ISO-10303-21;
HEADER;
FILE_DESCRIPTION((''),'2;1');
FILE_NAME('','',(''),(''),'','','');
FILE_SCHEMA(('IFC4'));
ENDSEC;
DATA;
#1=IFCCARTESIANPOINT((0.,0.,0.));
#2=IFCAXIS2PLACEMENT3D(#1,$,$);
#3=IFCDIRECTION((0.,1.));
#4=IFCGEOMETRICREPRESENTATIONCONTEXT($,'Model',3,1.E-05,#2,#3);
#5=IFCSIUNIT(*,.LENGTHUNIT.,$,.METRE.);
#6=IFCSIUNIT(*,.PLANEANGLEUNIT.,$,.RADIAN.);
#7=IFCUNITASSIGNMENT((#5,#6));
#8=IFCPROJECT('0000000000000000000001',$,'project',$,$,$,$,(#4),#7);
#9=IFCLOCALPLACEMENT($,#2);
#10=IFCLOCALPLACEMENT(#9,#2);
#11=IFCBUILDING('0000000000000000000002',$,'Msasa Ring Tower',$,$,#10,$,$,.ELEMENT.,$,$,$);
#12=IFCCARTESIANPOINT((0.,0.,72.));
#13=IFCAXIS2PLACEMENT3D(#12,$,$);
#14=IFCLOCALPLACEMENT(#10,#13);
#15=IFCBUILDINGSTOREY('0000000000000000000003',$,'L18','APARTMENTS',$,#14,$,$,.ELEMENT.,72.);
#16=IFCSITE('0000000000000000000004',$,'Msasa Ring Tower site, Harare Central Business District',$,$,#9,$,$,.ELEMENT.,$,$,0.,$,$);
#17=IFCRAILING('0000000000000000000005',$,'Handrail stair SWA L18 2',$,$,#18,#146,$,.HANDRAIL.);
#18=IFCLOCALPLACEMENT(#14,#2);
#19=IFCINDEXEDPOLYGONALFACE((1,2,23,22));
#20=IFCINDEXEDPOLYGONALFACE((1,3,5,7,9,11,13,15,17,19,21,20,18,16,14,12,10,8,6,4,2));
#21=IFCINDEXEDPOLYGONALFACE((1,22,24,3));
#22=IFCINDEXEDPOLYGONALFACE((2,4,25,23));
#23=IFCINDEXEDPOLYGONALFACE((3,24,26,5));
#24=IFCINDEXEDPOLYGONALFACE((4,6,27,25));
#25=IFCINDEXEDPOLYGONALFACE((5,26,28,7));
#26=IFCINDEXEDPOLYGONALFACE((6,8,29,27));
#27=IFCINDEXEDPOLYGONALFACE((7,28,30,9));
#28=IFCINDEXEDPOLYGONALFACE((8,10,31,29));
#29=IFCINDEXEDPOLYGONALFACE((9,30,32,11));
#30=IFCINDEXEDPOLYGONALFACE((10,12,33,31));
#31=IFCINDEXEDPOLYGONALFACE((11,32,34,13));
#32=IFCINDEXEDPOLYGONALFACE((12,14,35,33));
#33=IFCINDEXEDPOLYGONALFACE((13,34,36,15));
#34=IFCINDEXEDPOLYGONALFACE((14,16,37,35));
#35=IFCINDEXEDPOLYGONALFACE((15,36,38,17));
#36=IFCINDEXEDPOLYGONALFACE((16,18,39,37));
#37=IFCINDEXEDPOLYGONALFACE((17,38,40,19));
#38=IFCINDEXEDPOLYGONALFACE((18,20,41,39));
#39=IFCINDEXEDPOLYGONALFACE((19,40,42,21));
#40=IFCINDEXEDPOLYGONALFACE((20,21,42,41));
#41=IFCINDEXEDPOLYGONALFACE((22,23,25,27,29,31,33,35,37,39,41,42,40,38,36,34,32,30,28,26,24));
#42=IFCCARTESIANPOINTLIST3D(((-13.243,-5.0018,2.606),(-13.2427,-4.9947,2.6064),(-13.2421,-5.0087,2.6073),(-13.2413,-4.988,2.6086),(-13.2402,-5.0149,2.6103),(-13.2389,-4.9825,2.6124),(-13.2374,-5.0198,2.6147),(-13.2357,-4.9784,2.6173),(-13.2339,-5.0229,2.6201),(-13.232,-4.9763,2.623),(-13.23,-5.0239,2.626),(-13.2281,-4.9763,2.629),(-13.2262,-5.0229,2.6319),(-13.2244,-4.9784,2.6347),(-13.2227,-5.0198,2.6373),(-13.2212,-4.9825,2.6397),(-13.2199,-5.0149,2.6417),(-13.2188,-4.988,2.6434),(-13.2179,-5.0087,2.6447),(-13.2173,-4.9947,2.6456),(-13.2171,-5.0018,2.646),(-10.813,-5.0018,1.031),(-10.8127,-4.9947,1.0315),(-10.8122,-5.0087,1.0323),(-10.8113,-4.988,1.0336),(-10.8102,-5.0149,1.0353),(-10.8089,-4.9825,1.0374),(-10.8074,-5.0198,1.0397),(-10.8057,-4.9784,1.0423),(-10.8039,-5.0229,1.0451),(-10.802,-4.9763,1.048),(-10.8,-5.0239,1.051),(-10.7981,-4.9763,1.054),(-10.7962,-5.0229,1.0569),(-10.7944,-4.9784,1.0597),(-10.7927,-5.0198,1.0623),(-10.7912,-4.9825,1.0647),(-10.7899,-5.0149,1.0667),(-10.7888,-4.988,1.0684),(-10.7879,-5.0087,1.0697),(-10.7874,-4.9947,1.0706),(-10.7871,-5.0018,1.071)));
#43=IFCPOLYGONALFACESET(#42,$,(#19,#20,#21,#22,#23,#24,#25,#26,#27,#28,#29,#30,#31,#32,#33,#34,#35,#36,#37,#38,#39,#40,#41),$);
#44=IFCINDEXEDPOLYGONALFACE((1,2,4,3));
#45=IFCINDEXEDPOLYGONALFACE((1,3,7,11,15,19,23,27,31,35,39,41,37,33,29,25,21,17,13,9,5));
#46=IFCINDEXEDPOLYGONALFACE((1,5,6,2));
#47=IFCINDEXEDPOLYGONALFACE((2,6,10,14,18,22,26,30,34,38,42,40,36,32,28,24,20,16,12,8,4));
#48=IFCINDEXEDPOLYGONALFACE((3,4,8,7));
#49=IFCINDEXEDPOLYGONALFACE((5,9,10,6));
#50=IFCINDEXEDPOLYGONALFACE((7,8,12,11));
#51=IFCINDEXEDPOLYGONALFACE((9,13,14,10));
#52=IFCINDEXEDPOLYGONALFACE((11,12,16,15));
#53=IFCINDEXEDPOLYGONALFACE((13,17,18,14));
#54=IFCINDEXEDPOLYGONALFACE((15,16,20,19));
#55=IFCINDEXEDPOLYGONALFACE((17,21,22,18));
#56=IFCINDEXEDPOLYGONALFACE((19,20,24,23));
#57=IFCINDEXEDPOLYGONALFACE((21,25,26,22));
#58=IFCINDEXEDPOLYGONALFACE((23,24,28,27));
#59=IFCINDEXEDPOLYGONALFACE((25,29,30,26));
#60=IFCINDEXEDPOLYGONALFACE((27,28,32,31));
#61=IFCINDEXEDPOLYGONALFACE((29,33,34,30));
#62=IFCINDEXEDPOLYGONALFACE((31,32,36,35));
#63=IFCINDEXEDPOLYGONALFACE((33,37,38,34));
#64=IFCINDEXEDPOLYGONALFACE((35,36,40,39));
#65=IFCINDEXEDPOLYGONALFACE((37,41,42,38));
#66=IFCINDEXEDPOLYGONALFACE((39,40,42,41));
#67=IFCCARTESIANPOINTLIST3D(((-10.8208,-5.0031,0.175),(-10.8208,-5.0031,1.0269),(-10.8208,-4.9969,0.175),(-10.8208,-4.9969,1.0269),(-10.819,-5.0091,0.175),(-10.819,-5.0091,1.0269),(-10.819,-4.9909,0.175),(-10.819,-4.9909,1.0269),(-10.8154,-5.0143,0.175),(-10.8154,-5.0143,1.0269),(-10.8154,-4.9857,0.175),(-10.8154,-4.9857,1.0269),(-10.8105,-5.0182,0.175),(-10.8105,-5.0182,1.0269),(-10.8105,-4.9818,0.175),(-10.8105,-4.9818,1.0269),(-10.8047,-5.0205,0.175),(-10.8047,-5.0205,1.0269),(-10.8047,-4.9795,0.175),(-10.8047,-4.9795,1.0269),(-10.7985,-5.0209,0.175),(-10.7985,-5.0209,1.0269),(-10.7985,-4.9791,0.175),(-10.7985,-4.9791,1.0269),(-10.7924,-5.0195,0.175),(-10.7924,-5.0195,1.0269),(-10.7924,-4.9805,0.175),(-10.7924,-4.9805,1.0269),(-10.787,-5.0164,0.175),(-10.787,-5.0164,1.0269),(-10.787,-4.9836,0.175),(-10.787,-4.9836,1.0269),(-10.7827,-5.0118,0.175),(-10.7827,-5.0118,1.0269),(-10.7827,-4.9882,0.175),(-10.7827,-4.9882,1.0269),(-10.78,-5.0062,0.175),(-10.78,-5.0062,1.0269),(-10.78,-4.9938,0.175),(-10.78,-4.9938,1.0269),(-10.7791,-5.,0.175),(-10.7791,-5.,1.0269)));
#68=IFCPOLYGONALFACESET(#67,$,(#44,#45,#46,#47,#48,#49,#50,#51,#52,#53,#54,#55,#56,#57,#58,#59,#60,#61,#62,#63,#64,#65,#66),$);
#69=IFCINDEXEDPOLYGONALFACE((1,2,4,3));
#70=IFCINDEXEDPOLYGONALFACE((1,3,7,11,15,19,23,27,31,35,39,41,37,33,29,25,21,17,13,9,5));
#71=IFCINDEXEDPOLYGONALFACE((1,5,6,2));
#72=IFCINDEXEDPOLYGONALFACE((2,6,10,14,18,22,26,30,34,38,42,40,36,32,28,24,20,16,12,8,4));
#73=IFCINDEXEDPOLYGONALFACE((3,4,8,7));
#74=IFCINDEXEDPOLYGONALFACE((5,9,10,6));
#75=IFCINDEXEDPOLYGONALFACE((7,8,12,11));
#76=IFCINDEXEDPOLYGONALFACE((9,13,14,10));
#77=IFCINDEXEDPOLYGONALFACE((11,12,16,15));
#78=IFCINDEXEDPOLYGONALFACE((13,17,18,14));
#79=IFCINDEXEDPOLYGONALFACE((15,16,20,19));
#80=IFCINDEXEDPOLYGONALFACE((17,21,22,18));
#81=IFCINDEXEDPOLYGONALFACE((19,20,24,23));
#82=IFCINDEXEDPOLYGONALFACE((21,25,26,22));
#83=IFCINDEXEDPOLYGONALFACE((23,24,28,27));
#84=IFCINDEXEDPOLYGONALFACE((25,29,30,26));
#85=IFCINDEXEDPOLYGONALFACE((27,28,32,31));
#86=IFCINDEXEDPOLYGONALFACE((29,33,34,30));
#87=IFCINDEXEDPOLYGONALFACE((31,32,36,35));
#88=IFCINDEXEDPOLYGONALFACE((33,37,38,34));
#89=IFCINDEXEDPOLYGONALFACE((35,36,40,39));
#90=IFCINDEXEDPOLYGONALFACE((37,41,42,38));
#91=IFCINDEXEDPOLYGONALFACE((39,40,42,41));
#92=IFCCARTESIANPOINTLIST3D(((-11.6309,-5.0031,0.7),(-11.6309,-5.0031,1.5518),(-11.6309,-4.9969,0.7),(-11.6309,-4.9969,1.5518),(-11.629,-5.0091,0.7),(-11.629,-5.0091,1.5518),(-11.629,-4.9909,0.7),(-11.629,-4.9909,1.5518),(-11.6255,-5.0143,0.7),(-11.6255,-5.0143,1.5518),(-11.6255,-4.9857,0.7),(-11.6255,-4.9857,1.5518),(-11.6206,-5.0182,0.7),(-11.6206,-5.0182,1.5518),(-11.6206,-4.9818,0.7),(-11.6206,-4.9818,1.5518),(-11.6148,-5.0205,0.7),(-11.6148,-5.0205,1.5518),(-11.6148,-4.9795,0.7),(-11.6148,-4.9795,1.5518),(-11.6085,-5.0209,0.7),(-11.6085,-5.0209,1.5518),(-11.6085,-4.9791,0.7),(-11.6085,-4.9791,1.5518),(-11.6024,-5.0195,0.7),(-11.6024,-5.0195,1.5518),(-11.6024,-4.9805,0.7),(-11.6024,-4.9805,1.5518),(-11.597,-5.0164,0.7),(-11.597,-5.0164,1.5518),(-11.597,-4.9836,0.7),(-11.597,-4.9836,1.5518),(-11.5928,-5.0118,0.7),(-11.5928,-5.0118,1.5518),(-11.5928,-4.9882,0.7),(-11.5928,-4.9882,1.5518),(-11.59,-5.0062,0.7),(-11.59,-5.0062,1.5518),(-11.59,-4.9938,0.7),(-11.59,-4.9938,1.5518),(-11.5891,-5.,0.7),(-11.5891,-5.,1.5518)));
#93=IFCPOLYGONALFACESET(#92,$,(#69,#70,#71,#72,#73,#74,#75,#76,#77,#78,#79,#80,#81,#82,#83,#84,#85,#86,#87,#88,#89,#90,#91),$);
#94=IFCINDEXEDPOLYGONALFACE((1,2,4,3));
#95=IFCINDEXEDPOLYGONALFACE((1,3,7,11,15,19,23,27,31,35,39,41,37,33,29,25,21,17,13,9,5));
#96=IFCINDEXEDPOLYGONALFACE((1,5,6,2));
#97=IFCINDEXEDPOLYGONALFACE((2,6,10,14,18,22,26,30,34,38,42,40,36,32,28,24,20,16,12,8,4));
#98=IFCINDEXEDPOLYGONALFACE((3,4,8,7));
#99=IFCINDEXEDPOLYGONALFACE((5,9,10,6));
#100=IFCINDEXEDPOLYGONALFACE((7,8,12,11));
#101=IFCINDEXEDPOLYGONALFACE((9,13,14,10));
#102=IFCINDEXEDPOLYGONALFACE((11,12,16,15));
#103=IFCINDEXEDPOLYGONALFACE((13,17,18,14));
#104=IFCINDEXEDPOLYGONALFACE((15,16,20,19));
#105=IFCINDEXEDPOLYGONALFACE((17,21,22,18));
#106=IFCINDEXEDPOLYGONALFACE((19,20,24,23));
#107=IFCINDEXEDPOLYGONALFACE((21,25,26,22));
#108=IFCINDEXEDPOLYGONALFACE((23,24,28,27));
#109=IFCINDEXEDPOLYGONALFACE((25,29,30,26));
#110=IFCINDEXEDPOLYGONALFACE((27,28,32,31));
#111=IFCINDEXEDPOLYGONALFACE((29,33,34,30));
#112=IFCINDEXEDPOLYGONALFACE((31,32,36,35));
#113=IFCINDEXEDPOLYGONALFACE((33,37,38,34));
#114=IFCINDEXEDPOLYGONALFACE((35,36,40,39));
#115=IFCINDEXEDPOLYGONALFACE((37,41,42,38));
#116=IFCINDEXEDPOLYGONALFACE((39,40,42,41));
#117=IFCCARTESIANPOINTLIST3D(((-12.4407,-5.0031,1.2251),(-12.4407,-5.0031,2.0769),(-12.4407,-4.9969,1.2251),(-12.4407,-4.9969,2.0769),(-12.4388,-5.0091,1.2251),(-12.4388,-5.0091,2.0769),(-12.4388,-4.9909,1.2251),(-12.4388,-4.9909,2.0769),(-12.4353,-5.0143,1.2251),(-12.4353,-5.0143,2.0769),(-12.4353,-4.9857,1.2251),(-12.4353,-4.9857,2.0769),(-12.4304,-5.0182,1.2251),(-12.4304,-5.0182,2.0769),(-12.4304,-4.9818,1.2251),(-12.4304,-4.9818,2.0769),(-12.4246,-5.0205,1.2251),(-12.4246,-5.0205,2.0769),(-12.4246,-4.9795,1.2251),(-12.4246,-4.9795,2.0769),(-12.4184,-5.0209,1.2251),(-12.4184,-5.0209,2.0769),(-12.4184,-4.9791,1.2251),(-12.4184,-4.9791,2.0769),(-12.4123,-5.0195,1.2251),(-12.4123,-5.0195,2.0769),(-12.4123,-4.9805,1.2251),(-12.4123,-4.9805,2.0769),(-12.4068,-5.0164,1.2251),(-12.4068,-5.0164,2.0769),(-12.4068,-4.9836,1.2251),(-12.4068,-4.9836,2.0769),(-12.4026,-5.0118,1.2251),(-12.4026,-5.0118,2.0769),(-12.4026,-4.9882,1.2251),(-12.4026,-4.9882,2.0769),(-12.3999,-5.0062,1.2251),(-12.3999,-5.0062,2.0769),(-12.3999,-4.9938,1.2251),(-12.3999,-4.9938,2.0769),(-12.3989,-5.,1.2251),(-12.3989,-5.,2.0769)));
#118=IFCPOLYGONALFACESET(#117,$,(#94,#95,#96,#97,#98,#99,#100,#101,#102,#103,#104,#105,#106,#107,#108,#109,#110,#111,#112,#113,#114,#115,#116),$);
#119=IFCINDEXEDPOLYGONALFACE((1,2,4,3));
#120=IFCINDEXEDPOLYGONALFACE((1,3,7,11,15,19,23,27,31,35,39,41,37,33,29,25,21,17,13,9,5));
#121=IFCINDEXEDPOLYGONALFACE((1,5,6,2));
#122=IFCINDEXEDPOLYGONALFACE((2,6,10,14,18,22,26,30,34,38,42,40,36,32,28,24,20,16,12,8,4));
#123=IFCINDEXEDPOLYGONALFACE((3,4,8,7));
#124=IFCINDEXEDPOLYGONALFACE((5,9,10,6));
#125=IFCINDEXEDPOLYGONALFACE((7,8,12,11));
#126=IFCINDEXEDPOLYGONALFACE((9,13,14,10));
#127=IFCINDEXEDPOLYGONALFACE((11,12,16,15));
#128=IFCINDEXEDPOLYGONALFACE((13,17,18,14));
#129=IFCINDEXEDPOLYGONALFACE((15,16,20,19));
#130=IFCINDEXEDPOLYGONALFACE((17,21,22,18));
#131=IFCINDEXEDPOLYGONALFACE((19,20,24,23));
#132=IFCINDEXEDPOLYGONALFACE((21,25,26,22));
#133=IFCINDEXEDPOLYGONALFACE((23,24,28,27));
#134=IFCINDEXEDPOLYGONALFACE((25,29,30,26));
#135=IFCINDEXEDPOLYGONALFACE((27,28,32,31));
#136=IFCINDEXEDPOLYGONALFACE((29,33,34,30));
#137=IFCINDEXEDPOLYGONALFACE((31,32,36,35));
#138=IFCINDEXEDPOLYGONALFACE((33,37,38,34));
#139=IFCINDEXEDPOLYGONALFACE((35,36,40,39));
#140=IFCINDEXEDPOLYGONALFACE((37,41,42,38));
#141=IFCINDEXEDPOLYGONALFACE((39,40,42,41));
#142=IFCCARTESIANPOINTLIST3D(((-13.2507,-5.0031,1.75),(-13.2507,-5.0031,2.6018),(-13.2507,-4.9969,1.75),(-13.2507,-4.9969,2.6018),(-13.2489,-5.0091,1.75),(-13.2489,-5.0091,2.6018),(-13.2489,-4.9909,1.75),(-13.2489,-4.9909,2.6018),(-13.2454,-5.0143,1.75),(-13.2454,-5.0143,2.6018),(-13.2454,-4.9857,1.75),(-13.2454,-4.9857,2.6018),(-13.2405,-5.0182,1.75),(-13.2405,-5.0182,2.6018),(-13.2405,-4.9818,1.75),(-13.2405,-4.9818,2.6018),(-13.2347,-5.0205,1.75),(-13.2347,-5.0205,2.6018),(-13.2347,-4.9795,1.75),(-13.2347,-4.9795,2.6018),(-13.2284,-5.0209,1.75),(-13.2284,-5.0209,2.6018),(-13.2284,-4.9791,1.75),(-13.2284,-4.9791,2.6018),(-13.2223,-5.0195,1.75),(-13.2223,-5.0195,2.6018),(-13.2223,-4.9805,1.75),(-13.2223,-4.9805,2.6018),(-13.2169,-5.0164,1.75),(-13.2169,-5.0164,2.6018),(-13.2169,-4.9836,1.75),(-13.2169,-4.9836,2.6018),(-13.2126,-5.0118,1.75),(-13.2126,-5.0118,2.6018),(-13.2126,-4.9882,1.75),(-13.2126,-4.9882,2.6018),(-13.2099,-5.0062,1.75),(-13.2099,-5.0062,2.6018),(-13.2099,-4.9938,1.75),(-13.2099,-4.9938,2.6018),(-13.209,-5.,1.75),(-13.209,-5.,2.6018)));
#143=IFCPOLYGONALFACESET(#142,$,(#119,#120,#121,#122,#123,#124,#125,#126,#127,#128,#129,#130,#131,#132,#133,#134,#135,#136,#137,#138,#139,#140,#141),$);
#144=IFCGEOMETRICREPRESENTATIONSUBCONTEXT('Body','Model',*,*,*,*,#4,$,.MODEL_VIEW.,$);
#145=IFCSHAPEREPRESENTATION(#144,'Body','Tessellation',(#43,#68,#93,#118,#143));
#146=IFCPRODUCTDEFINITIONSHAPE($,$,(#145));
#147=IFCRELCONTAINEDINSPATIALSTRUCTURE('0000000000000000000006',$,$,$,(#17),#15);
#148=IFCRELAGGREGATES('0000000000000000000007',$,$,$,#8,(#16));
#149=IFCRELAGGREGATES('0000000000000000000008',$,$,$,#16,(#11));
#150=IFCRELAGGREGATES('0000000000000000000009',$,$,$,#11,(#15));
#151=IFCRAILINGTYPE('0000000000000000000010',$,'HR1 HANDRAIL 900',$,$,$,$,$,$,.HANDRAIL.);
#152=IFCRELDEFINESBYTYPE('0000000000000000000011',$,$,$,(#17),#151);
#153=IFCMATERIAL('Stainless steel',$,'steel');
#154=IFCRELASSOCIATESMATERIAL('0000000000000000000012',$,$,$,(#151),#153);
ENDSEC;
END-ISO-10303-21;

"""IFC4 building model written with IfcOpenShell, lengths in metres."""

from ifc_helpers import new_model, si_unit, direction, frame, origin, origin_2d, place, context, subcontext, project, spatial, circle, extrude, material, type_object, element, save


model = new_model("IFC4")

# Units and contexts
model_context = context("Model", 3, precision=1e-05, world=origin(), true_north=direction((0.0, 1.0)))
body_context = subcontext(model_context, "Body", "Model", "MODEL_VIEW")
ifc_project = project(units=[si_unit("LENGTHUNIT", "METRE"), si_unit("PLANEANGLEUNIT", "RADIAN")], contexts=[model_context])

# Site, building, storey
site_placement = place(None, origin())
site = spatial("IfcSite", under=ifc_project, at=site_placement, Name="Msasa Ring Tower site, Harare Central Business District", CompositionType="ELEMENT", RefElevation=0.0)
building_placement = place(site_placement, origin())
building = spatial("IfcBuilding", under=site, at=building_placement, Name="Msasa Ring Tower", CompositionType="ELEMENT")
storey_placement = place(building_placement, frame((0.0, 0.0, 72.0)))
storey = spatial("IfcBuildingStorey", under=building, at=storey_placement, Name="L18", Description="APARTMENTS", CompositionType="ELEMENT", Elevation=72.0)

# Railing
ifc_material_1 = material(Name="Stainless steel", Category="steel")
railing_type = type_object("IfcRailingType", Name="HR1 HANDRAIL 900", PredefinedType="HANDRAIL", material=ifc_material_1)
for number, where, name in (
    (1, (-10.8, -5.0, 0.175), "Handrail stair SWA L18 2"),
):
    element("IfcRailing", number, at=place(storey_placement, frame(where)), inside=storey, type_object=railing_type, Name=name, PredefinedType="HANDRAIL", context=body_context, shape_type="SweptSolid", body=[
        extrude(circle(Radius=0.0239, at=origin_2d()), frame((0.0, 0.0, 0.876), z_axis=(-0.839154, 0.0, 0.543894), x_axis=(0.0, -1.0, 0.0)), (0.0, 0.0, 1.0), 2.8958),
        extrude(circle(Radius=0.021, at=origin_2d()), origin(), (0.0, 0.0, 1.0), 0.8518),
        extrude(circle(Radius=0.021, at=origin_2d()), frame((-0.8101, 0.0, 0.5249)), (0.0, 0.0, 1.0), 0.8518),
        extrude(circle(Radius=0.021, at=origin_2d()), frame((-1.6199, 0.0, 1.05)), (0.0, 0.0, 1.0), 0.8518),
        extrude(circle(Radius=0.021, at=origin_2d()), frame((-2.4299, 0.0, 1.575)), (0.0, 0.0, 1.0), 0.8518),
    ])

save(model, "model.ifc")
